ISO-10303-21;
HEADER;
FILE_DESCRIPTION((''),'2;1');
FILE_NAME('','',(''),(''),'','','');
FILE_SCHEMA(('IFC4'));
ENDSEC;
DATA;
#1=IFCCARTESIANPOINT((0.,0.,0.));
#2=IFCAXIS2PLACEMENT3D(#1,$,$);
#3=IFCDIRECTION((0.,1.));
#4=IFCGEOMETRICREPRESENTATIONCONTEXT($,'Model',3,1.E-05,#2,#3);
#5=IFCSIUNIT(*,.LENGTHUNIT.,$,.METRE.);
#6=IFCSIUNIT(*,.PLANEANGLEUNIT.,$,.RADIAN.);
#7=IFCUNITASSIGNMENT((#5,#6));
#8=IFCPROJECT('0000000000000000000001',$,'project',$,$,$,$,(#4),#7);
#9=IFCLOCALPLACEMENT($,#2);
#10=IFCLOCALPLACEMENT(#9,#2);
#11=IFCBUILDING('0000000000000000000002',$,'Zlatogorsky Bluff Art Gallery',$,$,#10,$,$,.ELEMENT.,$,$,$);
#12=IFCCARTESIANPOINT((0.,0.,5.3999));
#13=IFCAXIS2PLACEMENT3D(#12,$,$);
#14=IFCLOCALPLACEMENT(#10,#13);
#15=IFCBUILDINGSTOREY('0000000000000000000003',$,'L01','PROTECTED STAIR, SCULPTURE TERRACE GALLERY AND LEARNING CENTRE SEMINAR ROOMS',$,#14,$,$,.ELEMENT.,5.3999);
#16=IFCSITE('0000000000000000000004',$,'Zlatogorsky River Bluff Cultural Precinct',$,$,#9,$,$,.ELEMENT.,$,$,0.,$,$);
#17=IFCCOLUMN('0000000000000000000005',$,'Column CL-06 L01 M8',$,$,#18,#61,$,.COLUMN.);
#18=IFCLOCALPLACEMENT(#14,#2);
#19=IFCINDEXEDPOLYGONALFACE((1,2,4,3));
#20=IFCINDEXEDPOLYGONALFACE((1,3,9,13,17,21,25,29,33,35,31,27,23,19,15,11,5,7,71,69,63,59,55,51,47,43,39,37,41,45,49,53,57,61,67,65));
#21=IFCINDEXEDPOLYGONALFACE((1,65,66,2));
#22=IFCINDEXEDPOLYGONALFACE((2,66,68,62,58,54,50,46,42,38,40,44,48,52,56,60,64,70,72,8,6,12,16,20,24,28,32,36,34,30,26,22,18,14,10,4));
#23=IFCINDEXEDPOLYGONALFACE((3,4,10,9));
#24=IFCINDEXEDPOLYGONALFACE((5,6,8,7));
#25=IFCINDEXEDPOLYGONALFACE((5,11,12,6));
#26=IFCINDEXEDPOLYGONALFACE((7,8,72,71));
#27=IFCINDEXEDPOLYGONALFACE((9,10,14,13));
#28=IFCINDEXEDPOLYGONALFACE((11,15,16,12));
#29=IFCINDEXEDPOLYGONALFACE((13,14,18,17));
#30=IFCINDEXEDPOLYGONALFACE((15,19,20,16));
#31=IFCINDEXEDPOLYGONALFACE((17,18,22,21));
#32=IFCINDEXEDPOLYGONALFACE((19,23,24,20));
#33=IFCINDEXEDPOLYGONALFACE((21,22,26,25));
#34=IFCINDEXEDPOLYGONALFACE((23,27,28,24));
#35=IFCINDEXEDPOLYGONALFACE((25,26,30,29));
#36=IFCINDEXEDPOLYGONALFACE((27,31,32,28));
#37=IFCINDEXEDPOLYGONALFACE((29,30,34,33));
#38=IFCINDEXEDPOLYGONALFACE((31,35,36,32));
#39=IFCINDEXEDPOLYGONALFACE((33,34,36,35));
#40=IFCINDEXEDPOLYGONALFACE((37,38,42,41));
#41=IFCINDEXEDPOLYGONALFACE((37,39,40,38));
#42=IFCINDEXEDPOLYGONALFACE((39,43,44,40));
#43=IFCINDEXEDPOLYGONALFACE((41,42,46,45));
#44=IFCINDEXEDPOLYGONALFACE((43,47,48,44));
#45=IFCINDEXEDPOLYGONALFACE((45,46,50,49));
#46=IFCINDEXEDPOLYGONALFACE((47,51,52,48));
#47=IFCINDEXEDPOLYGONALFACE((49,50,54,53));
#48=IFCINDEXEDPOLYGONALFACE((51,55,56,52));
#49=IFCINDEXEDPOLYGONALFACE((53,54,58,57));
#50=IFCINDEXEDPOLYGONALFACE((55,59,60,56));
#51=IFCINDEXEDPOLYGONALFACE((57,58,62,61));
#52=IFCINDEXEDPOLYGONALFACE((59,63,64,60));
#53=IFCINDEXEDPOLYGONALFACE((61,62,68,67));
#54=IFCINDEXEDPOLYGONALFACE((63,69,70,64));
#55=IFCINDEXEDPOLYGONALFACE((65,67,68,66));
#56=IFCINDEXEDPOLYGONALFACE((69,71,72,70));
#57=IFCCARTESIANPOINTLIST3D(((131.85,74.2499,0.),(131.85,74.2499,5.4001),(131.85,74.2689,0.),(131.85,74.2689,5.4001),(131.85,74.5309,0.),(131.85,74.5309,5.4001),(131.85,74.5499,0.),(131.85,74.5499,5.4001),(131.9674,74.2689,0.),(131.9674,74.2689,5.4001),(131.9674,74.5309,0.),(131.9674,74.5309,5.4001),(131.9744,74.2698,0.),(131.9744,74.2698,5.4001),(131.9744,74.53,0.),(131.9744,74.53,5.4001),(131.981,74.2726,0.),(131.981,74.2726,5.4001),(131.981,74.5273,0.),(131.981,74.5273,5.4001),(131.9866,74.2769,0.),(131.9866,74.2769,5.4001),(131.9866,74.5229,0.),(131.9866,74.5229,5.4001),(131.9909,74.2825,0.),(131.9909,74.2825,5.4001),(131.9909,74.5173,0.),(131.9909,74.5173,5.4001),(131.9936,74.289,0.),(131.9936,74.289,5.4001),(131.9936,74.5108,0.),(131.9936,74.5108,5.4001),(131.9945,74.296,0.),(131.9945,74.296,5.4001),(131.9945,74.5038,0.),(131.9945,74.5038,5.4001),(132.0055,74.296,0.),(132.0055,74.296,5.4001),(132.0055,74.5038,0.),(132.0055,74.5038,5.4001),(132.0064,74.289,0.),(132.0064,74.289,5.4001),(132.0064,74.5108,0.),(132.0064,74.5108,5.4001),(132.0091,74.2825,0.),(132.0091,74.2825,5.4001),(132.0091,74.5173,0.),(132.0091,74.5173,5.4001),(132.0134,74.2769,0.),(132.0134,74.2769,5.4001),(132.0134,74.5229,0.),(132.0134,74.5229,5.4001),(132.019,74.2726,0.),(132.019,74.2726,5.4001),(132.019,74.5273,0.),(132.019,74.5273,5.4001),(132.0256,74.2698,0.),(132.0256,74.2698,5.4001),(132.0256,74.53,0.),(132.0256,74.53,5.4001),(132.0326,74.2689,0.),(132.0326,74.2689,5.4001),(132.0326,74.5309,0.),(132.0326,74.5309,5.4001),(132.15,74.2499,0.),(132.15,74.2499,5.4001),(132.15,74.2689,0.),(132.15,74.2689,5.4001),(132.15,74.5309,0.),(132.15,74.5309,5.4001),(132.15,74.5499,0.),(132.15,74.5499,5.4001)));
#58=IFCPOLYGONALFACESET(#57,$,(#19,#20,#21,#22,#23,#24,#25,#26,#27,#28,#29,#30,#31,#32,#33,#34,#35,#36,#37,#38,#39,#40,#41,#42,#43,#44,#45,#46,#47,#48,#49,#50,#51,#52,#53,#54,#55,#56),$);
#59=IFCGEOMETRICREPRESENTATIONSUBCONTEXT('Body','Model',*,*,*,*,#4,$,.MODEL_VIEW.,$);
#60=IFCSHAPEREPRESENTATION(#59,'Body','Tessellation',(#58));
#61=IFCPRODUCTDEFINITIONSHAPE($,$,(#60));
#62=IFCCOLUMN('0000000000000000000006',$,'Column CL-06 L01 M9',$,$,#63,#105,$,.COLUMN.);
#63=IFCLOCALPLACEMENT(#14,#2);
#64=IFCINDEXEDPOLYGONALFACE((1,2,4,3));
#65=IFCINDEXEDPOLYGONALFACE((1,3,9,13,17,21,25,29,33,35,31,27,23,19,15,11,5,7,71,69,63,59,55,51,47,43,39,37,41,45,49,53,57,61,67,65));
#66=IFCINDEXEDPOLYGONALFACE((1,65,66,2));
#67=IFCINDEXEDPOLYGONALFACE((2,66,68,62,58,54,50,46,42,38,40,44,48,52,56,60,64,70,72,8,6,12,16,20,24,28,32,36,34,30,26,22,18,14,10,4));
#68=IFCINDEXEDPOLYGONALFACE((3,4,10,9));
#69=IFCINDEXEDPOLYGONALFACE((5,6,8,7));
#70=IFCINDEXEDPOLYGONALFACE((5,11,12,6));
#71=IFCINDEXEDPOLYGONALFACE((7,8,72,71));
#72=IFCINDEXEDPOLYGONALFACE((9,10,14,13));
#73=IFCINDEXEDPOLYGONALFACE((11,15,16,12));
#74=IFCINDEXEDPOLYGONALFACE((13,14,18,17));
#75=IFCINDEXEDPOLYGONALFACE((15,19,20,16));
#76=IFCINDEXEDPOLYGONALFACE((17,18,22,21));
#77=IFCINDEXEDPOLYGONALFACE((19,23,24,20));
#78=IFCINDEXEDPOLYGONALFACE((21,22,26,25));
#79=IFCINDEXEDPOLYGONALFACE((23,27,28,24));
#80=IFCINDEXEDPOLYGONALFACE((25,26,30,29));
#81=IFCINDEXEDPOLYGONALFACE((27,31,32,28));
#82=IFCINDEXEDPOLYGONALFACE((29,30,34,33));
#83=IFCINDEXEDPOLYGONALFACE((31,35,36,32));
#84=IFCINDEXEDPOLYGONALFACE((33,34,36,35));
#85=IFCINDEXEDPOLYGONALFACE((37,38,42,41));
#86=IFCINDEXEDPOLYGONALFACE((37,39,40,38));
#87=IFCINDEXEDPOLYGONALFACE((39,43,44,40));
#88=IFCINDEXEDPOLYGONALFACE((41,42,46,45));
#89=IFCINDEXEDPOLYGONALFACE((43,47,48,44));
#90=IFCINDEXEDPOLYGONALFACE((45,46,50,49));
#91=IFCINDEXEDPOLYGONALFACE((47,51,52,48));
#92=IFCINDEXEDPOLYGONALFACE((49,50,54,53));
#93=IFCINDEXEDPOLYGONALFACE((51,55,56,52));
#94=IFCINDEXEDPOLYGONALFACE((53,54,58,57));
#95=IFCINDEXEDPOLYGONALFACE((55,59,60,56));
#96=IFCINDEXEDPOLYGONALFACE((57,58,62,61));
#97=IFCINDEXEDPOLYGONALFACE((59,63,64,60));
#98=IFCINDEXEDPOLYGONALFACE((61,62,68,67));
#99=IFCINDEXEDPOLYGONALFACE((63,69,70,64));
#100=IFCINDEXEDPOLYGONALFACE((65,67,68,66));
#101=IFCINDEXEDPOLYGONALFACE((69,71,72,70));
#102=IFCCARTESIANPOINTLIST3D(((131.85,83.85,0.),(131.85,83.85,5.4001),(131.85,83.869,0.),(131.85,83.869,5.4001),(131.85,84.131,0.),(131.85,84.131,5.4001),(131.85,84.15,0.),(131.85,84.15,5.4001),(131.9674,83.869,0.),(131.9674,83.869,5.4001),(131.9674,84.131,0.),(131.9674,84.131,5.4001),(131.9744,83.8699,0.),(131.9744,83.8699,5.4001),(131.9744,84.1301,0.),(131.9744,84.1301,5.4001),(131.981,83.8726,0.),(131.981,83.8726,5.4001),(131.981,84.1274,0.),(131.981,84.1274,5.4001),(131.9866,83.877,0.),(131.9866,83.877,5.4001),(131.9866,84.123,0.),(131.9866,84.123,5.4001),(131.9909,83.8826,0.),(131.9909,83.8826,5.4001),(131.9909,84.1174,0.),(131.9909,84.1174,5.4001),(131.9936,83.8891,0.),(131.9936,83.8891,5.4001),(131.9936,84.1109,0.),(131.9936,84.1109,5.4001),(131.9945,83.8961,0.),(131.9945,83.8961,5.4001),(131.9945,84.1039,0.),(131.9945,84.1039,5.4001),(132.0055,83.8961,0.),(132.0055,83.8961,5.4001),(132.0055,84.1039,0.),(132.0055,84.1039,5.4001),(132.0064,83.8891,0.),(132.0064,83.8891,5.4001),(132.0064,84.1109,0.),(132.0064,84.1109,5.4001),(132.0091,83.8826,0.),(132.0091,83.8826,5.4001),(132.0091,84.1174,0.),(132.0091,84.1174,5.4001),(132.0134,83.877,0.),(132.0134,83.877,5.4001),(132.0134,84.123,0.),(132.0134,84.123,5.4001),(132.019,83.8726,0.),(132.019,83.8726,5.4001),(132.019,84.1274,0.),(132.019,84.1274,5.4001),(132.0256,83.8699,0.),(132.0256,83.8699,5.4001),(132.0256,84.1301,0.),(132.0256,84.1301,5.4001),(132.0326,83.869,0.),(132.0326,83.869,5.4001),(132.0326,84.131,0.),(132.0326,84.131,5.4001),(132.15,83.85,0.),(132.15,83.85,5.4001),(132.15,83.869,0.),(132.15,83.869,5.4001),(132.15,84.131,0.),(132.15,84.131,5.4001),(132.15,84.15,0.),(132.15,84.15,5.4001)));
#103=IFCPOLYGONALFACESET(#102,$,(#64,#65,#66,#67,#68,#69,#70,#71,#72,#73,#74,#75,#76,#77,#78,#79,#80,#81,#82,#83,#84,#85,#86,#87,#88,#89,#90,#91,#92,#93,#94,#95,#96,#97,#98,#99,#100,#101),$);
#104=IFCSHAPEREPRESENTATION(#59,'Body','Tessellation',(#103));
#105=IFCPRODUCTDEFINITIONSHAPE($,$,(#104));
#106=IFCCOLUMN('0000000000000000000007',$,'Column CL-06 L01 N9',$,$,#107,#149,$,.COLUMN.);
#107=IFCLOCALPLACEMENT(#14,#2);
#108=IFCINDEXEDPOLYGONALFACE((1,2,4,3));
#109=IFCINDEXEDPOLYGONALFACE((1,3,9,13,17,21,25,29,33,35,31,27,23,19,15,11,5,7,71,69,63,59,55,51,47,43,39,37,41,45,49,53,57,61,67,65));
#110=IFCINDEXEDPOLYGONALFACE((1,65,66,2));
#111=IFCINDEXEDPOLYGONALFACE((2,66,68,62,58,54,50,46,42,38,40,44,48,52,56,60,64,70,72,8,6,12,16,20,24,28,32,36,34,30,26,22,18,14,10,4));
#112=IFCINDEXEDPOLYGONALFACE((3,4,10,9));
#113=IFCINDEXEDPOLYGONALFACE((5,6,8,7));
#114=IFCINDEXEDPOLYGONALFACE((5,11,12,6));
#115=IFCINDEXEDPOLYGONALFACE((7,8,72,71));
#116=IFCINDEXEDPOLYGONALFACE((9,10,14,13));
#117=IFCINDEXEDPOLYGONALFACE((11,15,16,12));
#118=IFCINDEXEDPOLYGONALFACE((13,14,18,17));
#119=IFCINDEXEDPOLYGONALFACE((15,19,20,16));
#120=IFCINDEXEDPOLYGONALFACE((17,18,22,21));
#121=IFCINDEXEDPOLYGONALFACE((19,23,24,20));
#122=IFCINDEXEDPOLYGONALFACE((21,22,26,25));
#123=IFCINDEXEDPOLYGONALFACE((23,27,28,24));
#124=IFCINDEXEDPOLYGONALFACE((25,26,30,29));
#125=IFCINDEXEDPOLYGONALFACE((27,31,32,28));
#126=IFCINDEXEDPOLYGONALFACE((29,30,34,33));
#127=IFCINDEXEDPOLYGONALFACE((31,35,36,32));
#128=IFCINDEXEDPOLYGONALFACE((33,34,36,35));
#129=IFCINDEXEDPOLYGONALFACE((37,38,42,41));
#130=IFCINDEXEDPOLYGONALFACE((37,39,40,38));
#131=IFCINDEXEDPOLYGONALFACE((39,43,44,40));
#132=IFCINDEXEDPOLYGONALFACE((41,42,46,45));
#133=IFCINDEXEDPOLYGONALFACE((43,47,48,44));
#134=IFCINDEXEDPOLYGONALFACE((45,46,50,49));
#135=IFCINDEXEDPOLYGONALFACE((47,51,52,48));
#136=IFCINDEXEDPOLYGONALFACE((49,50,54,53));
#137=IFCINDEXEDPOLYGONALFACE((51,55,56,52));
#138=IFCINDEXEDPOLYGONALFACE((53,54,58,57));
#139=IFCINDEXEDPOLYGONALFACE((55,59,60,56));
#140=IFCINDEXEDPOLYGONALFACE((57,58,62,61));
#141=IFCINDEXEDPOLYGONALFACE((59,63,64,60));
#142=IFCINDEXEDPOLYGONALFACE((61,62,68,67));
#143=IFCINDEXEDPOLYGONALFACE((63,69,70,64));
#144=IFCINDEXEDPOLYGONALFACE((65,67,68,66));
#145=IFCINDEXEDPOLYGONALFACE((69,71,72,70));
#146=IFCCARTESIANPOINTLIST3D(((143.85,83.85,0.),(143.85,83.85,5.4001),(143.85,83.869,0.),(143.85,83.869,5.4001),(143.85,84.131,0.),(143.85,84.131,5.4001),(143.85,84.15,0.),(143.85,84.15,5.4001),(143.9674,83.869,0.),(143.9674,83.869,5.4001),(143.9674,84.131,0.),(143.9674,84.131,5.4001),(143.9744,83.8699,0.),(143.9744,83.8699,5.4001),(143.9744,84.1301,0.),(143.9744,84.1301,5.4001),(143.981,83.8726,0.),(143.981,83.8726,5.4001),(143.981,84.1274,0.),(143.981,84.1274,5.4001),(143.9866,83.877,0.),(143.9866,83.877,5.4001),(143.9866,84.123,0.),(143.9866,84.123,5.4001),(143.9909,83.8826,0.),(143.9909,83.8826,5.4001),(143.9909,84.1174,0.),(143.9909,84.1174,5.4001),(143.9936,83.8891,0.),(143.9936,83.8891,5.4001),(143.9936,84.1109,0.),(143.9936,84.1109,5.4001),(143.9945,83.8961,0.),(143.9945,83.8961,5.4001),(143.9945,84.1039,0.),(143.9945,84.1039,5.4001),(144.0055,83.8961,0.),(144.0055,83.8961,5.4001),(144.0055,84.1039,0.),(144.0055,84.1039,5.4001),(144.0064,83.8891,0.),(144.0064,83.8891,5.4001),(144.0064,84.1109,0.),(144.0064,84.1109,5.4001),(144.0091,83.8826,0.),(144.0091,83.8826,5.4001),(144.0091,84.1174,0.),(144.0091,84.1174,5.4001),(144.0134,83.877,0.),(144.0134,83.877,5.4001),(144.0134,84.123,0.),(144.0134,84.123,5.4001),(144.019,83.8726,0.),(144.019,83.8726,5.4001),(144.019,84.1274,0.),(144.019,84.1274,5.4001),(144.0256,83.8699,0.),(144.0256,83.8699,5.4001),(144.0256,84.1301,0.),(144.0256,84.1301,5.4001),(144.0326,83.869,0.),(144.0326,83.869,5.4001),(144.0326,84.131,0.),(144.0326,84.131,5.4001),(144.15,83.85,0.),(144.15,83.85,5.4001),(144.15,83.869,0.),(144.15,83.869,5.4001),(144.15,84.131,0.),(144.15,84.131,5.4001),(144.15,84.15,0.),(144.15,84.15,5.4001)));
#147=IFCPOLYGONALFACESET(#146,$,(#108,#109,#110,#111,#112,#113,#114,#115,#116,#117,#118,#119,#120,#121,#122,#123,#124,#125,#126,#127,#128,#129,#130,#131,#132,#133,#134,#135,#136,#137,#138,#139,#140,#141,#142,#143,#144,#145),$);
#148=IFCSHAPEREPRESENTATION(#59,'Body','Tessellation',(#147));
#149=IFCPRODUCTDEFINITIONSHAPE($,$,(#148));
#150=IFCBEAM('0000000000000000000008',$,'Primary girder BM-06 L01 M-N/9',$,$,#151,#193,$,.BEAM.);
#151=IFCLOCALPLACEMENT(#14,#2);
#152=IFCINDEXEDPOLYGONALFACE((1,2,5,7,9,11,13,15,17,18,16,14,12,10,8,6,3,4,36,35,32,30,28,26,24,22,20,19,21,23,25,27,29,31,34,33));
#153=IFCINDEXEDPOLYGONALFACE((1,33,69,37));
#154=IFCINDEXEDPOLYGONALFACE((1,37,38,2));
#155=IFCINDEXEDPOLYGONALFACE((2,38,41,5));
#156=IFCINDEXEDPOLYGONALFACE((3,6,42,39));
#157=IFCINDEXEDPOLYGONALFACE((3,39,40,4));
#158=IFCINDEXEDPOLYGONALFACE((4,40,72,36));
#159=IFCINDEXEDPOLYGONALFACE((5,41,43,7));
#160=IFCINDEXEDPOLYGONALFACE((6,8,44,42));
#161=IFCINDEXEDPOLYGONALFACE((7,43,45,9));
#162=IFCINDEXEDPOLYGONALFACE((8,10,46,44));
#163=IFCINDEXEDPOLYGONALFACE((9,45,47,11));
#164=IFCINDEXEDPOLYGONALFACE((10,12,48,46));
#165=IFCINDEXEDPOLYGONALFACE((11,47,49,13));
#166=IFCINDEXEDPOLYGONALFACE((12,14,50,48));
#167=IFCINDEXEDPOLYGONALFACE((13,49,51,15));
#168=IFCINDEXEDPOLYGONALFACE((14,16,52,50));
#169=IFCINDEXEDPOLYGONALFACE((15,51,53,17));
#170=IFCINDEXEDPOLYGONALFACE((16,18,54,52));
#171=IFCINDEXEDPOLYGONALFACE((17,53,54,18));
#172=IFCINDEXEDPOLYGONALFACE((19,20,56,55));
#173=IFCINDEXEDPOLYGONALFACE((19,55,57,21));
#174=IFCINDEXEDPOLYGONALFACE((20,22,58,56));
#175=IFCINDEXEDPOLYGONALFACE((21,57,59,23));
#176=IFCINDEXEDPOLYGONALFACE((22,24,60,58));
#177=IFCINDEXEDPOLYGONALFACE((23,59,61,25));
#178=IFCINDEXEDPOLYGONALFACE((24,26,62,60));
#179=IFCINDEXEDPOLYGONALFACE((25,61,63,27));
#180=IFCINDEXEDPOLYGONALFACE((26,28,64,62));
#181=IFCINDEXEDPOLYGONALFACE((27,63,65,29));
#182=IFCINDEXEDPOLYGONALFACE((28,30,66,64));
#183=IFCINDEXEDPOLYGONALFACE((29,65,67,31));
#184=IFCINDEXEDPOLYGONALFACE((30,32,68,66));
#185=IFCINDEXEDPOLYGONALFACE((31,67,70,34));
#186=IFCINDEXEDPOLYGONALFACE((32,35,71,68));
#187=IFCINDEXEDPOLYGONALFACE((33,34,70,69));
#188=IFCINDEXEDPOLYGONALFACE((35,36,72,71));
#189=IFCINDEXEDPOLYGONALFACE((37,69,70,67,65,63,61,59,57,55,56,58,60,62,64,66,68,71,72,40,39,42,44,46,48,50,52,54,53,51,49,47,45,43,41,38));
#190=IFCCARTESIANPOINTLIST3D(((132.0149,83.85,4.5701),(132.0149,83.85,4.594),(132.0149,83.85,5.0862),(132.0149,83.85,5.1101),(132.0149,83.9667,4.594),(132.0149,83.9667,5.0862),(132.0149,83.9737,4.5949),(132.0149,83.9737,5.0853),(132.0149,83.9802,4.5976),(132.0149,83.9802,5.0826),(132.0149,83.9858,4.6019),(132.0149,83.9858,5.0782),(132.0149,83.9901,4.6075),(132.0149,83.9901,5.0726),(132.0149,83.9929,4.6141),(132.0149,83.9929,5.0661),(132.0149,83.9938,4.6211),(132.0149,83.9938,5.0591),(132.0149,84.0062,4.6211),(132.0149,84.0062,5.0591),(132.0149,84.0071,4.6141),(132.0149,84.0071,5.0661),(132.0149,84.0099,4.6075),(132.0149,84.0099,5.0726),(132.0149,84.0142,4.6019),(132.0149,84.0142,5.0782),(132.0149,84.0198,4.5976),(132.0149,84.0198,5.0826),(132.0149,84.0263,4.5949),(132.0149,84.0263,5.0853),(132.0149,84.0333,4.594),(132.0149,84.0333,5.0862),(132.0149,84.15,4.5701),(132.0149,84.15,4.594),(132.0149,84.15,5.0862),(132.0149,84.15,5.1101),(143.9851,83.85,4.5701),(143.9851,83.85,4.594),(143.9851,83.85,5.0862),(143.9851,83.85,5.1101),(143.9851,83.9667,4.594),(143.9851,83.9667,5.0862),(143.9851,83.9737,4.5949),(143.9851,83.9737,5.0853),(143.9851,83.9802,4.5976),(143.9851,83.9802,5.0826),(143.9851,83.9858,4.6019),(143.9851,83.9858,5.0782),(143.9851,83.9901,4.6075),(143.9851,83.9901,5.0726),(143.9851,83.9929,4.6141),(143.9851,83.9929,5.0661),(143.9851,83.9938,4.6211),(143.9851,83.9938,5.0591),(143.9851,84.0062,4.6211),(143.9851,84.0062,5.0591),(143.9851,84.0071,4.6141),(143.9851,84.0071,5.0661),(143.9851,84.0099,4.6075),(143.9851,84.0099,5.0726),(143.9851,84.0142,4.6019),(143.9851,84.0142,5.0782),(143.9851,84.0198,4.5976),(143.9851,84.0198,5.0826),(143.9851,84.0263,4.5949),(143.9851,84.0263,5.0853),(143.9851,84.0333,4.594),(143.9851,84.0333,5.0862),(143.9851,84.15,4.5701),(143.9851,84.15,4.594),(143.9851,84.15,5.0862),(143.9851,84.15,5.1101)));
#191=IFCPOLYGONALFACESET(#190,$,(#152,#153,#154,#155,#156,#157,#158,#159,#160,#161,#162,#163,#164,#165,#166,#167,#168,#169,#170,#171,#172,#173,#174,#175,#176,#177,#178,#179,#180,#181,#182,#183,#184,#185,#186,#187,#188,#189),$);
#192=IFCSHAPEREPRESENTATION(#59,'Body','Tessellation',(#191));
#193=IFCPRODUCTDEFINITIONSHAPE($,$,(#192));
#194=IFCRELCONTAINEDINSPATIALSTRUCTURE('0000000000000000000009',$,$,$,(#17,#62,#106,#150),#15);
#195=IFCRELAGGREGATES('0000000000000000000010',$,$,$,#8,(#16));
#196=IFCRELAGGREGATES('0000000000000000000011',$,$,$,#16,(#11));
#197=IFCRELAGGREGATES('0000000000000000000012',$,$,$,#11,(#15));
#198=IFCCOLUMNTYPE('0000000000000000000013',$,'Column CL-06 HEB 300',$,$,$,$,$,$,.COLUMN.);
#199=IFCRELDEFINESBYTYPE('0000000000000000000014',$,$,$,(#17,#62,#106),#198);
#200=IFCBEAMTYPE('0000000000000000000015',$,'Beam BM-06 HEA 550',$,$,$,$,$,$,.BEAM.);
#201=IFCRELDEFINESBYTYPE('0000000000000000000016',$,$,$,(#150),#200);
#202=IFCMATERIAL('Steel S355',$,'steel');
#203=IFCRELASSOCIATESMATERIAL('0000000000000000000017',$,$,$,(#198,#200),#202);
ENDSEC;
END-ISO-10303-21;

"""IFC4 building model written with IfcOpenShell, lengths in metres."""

from ifc_helpers import new_model, si_unit, direction, frame, origin, origin_2d, place, context, subcontext, project, spatial, i_section, extrude, material, material_profile, profile_set, type_object, element, save


model = new_model("IFC4")

# Units and contexts
model_context = context("Model", 3, precision=1e-05, world=origin(), true_north=direction((0.0, 1.0)))
body_context = subcontext(model_context, "Body", "Model", "MODEL_VIEW")
ifc_project = project(units=[si_unit("LENGTHUNIT", "METRE"), si_unit("PLANEANGLEUNIT", "RADIAN")], contexts=[model_context])

# Site, building, storey
site_placement = place(None, origin())
site = spatial("IfcSite", under=ifc_project, at=site_placement, Name="Zlatogorsky River Bluff Cultural Precinct", CompositionType="ELEMENT", RefElevation=0.0)
building_placement = place(site_placement, origin())
building = spatial("IfcBuilding", under=site, at=building_placement, Name="Zlatogorsky Bluff Art Gallery", CompositionType="ELEMENT")
storey_placement = place(building_placement, frame((0.0, 0.0, 5.3999)))
storey = spatial("IfcBuildingStorey", under=building, at=storey_placement, Name="L01", Description="PROTECTED STAIR, SCULPTURE TERRACE GALLERY AND LEARNING CENTRE SEMINAR ROOMS", CompositionType="ELEMENT", Elevation=5.3999)

# Columns
ifc_material_1 = material(Name="Steel S355", Category="steel")
ifc_material_profile_1 = material_profile(ifc_material_1, i_section(OverallWidth=0.3, OverallDepth=0.3, WebThickness=0.011, FlangeThickness=0.019, FilletRadius=0.0271, at=origin_2d()), Name="HEB 300")
ifc_profile_set_1 = profile_set([ifc_material_profile_1], Name="Steel S355")
column_type = type_object("IfcColumnType", Name="Column CL-06 HEB 300", PredefinedType="COLUMN", material=ifc_profile_set_1)
for number, where, z_axis, x_axis, name in (
    (1, (132.0, 74.3999, 0.0), (0.0, 0.0, 1.0), (1.0, 0.0, 0.0), "Column CL-06 L01 M8"),
    (2, (132.0, 84.0, 0.0), (0.0, 0.0, 1.0), (1.0, 0.0, 0.0), "Column CL-06 L01 M9"),
    (3, (144.0, 84.0, 0.0), (0.0, 0.0, 1.0), (1.0, 0.0, 0.0), "Column CL-06 L01 N9"),
):
    element("IfcColumn", number, at=place(storey_placement, frame(where, z_axis=z_axis, x_axis=x_axis)), inside=storey, type_object=column_type, Name=name, PredefinedType="COLUMN", context=body_context, shape_type="SweptSolid", body=[
        extrude(i_section(OverallWidth=0.3, OverallDepth=0.3, WebThickness=0.011, FlangeThickness=0.019, FilletRadius=0.0271, at=origin_2d()), origin(), (0.0, 0.0, 1.0), 5.4001),
    ])

# Beam
ifc_material_profile_2 = material_profile(ifc_material_1, i_section(OverallWidth=0.3, OverallDepth=0.54, WebThickness=0.0125, FlangeThickness=0.0239, FilletRadius=0.0271, at=origin_2d()), Name="HEA 550")
ifc_profile_set_2 = profile_set([ifc_material_profile_2], Name="Steel S355")
beam_type_1 = type_object("IfcBeamType", Name="Beam BM-06 HEA 550", PredefinedType="BEAM", material=ifc_profile_set_2)
for number, where, z_axis, x_axis, name in (
    (4, (132.0149, 84.0, 4.8401), (1.0, 0.0, 0.0), (0.0, 1.0, 0.0), "Primary girder BM-06 L01 M-N/9"),
):
    element("IfcBeam", number, at=place(storey_placement, frame(where, z_axis=z_axis, x_axis=x_axis)), inside=storey, type_object=beam_type_1, Name=name, PredefinedType="BEAM", context=body_context, shape_type="SweptSolid", body=[
        extrude(i_section(OverallWidth=0.3, OverallDepth=0.54, WebThickness=0.0125, FlangeThickness=0.0239, FilletRadius=0.0271, at=origin_2d()), origin(), (0.0, 0.0, 1.0), 11.9702),
    ])

save(model, "model.ifc")
